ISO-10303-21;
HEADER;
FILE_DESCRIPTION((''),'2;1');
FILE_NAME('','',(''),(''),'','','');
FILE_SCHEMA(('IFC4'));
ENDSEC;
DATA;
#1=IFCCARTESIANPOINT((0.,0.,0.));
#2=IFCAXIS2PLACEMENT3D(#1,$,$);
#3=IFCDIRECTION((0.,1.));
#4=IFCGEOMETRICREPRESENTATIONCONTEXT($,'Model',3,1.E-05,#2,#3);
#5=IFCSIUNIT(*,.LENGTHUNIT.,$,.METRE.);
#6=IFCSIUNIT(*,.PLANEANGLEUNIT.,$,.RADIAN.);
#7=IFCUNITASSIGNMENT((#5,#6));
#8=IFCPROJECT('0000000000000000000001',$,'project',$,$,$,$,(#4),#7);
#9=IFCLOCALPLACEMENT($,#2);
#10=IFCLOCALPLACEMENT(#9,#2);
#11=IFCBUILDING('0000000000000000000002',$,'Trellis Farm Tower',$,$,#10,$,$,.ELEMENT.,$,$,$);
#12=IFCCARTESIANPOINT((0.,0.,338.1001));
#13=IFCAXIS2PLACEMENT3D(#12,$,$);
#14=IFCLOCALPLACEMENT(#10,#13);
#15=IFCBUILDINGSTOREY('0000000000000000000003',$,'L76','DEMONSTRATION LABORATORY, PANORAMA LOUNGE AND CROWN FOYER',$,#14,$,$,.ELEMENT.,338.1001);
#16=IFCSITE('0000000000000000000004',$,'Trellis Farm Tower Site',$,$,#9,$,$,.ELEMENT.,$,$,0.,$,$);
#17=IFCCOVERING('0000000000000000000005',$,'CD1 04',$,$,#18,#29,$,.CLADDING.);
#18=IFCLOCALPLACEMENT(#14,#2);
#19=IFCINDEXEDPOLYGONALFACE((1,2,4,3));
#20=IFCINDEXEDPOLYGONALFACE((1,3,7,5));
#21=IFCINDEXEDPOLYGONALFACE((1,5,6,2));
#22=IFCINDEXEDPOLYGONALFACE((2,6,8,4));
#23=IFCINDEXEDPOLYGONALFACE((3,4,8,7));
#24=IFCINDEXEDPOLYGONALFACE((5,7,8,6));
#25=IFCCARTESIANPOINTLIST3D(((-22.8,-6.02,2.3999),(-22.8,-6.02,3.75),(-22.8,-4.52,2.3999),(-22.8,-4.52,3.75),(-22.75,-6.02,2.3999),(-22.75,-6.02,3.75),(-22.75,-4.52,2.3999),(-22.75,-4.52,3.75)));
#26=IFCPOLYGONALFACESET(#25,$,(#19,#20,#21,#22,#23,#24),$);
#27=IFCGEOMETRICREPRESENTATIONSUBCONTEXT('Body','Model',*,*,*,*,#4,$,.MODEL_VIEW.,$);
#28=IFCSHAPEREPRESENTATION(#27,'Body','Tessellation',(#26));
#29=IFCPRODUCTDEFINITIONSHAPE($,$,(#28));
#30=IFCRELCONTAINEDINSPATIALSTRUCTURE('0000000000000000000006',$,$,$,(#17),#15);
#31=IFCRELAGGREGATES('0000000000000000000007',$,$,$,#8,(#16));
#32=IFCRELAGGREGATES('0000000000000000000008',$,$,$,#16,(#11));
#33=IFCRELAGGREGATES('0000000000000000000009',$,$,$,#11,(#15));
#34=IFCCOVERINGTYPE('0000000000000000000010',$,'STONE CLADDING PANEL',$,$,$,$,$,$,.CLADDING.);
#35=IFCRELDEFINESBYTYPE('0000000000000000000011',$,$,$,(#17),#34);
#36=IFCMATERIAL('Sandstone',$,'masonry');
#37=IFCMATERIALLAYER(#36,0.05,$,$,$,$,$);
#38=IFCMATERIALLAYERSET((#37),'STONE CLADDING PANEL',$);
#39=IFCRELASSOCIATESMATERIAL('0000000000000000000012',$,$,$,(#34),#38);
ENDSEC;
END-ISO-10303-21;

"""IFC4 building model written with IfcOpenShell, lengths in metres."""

from ifc_helpers import new_model, si_unit, direction, frame, origin, place, context, subcontext, project, spatial, polyline, outline, extrude, material, layer, layer_set, type_object, element, save


model = new_model("IFC4")

# Units and contexts
model_context = context("Model", 3, precision=1e-05, world=origin(), true_north=direction((0.0, 1.0)))
body_context = subcontext(model_context, "Body", "Model", "MODEL_VIEW")
ifc_project = project(units=[si_unit("LENGTHUNIT", "METRE"), si_unit("PLANEANGLEUNIT", "RADIAN")], contexts=[model_context])

# Site, building, storey
site_placement = place(None, origin())
site = spatial("IfcSite", under=ifc_project, at=site_placement, Name="Trellis Farm Tower Site", CompositionType="ELEMENT", RefElevation=0.0)
building_placement = place(site_placement, origin())
building = spatial("IfcBuilding", under=site, at=building_placement, Name="Trellis Farm Tower", CompositionType="ELEMENT")
storey_placement = place(building_placement, frame((0.0, 0.0, 338.1001)))
storey = spatial("IfcBuildingStorey", under=building, at=storey_placement, Name="L76", Description="DEMONSTRATION LABORATORY, PANORAMA LOUNGE AND CROWN FOYER", CompositionType="ELEMENT", Elevation=338.1001)

# Covering
ifc_material_1 = material(Name="Sandstone", Category="masonry")
ifc_layer_1 = layer(ifc_material_1, 0.05)
ifc_layer_set_1 = layer_set([ifc_layer_1], Name="STONE CLADDING PANEL")
covering_type = type_object("IfcCoveringType", Name="STONE CLADDING PANEL", PredefinedType="CLADDING", material=ifc_layer_set_1)
placement_1 = place(storey_placement, frame((0.0, 0.0, 2.3999)))
element("IfcCovering", 1, at=placement_1, inside=storey, type_object=covering_type, Name="CD1 04", PredefinedType="CLADDING", context=body_context, shape_type="SweptSolid", body=[
    extrude(outline(polyline([(-22.8, -4.52), (-22.8, -6.02), (-22.75, -6.02), (-22.75, -4.52), (-22.8, -4.52)])), origin(), (0.0, 0.0, 1.0), 1.3501),
])

save(model, "model.ifc")
